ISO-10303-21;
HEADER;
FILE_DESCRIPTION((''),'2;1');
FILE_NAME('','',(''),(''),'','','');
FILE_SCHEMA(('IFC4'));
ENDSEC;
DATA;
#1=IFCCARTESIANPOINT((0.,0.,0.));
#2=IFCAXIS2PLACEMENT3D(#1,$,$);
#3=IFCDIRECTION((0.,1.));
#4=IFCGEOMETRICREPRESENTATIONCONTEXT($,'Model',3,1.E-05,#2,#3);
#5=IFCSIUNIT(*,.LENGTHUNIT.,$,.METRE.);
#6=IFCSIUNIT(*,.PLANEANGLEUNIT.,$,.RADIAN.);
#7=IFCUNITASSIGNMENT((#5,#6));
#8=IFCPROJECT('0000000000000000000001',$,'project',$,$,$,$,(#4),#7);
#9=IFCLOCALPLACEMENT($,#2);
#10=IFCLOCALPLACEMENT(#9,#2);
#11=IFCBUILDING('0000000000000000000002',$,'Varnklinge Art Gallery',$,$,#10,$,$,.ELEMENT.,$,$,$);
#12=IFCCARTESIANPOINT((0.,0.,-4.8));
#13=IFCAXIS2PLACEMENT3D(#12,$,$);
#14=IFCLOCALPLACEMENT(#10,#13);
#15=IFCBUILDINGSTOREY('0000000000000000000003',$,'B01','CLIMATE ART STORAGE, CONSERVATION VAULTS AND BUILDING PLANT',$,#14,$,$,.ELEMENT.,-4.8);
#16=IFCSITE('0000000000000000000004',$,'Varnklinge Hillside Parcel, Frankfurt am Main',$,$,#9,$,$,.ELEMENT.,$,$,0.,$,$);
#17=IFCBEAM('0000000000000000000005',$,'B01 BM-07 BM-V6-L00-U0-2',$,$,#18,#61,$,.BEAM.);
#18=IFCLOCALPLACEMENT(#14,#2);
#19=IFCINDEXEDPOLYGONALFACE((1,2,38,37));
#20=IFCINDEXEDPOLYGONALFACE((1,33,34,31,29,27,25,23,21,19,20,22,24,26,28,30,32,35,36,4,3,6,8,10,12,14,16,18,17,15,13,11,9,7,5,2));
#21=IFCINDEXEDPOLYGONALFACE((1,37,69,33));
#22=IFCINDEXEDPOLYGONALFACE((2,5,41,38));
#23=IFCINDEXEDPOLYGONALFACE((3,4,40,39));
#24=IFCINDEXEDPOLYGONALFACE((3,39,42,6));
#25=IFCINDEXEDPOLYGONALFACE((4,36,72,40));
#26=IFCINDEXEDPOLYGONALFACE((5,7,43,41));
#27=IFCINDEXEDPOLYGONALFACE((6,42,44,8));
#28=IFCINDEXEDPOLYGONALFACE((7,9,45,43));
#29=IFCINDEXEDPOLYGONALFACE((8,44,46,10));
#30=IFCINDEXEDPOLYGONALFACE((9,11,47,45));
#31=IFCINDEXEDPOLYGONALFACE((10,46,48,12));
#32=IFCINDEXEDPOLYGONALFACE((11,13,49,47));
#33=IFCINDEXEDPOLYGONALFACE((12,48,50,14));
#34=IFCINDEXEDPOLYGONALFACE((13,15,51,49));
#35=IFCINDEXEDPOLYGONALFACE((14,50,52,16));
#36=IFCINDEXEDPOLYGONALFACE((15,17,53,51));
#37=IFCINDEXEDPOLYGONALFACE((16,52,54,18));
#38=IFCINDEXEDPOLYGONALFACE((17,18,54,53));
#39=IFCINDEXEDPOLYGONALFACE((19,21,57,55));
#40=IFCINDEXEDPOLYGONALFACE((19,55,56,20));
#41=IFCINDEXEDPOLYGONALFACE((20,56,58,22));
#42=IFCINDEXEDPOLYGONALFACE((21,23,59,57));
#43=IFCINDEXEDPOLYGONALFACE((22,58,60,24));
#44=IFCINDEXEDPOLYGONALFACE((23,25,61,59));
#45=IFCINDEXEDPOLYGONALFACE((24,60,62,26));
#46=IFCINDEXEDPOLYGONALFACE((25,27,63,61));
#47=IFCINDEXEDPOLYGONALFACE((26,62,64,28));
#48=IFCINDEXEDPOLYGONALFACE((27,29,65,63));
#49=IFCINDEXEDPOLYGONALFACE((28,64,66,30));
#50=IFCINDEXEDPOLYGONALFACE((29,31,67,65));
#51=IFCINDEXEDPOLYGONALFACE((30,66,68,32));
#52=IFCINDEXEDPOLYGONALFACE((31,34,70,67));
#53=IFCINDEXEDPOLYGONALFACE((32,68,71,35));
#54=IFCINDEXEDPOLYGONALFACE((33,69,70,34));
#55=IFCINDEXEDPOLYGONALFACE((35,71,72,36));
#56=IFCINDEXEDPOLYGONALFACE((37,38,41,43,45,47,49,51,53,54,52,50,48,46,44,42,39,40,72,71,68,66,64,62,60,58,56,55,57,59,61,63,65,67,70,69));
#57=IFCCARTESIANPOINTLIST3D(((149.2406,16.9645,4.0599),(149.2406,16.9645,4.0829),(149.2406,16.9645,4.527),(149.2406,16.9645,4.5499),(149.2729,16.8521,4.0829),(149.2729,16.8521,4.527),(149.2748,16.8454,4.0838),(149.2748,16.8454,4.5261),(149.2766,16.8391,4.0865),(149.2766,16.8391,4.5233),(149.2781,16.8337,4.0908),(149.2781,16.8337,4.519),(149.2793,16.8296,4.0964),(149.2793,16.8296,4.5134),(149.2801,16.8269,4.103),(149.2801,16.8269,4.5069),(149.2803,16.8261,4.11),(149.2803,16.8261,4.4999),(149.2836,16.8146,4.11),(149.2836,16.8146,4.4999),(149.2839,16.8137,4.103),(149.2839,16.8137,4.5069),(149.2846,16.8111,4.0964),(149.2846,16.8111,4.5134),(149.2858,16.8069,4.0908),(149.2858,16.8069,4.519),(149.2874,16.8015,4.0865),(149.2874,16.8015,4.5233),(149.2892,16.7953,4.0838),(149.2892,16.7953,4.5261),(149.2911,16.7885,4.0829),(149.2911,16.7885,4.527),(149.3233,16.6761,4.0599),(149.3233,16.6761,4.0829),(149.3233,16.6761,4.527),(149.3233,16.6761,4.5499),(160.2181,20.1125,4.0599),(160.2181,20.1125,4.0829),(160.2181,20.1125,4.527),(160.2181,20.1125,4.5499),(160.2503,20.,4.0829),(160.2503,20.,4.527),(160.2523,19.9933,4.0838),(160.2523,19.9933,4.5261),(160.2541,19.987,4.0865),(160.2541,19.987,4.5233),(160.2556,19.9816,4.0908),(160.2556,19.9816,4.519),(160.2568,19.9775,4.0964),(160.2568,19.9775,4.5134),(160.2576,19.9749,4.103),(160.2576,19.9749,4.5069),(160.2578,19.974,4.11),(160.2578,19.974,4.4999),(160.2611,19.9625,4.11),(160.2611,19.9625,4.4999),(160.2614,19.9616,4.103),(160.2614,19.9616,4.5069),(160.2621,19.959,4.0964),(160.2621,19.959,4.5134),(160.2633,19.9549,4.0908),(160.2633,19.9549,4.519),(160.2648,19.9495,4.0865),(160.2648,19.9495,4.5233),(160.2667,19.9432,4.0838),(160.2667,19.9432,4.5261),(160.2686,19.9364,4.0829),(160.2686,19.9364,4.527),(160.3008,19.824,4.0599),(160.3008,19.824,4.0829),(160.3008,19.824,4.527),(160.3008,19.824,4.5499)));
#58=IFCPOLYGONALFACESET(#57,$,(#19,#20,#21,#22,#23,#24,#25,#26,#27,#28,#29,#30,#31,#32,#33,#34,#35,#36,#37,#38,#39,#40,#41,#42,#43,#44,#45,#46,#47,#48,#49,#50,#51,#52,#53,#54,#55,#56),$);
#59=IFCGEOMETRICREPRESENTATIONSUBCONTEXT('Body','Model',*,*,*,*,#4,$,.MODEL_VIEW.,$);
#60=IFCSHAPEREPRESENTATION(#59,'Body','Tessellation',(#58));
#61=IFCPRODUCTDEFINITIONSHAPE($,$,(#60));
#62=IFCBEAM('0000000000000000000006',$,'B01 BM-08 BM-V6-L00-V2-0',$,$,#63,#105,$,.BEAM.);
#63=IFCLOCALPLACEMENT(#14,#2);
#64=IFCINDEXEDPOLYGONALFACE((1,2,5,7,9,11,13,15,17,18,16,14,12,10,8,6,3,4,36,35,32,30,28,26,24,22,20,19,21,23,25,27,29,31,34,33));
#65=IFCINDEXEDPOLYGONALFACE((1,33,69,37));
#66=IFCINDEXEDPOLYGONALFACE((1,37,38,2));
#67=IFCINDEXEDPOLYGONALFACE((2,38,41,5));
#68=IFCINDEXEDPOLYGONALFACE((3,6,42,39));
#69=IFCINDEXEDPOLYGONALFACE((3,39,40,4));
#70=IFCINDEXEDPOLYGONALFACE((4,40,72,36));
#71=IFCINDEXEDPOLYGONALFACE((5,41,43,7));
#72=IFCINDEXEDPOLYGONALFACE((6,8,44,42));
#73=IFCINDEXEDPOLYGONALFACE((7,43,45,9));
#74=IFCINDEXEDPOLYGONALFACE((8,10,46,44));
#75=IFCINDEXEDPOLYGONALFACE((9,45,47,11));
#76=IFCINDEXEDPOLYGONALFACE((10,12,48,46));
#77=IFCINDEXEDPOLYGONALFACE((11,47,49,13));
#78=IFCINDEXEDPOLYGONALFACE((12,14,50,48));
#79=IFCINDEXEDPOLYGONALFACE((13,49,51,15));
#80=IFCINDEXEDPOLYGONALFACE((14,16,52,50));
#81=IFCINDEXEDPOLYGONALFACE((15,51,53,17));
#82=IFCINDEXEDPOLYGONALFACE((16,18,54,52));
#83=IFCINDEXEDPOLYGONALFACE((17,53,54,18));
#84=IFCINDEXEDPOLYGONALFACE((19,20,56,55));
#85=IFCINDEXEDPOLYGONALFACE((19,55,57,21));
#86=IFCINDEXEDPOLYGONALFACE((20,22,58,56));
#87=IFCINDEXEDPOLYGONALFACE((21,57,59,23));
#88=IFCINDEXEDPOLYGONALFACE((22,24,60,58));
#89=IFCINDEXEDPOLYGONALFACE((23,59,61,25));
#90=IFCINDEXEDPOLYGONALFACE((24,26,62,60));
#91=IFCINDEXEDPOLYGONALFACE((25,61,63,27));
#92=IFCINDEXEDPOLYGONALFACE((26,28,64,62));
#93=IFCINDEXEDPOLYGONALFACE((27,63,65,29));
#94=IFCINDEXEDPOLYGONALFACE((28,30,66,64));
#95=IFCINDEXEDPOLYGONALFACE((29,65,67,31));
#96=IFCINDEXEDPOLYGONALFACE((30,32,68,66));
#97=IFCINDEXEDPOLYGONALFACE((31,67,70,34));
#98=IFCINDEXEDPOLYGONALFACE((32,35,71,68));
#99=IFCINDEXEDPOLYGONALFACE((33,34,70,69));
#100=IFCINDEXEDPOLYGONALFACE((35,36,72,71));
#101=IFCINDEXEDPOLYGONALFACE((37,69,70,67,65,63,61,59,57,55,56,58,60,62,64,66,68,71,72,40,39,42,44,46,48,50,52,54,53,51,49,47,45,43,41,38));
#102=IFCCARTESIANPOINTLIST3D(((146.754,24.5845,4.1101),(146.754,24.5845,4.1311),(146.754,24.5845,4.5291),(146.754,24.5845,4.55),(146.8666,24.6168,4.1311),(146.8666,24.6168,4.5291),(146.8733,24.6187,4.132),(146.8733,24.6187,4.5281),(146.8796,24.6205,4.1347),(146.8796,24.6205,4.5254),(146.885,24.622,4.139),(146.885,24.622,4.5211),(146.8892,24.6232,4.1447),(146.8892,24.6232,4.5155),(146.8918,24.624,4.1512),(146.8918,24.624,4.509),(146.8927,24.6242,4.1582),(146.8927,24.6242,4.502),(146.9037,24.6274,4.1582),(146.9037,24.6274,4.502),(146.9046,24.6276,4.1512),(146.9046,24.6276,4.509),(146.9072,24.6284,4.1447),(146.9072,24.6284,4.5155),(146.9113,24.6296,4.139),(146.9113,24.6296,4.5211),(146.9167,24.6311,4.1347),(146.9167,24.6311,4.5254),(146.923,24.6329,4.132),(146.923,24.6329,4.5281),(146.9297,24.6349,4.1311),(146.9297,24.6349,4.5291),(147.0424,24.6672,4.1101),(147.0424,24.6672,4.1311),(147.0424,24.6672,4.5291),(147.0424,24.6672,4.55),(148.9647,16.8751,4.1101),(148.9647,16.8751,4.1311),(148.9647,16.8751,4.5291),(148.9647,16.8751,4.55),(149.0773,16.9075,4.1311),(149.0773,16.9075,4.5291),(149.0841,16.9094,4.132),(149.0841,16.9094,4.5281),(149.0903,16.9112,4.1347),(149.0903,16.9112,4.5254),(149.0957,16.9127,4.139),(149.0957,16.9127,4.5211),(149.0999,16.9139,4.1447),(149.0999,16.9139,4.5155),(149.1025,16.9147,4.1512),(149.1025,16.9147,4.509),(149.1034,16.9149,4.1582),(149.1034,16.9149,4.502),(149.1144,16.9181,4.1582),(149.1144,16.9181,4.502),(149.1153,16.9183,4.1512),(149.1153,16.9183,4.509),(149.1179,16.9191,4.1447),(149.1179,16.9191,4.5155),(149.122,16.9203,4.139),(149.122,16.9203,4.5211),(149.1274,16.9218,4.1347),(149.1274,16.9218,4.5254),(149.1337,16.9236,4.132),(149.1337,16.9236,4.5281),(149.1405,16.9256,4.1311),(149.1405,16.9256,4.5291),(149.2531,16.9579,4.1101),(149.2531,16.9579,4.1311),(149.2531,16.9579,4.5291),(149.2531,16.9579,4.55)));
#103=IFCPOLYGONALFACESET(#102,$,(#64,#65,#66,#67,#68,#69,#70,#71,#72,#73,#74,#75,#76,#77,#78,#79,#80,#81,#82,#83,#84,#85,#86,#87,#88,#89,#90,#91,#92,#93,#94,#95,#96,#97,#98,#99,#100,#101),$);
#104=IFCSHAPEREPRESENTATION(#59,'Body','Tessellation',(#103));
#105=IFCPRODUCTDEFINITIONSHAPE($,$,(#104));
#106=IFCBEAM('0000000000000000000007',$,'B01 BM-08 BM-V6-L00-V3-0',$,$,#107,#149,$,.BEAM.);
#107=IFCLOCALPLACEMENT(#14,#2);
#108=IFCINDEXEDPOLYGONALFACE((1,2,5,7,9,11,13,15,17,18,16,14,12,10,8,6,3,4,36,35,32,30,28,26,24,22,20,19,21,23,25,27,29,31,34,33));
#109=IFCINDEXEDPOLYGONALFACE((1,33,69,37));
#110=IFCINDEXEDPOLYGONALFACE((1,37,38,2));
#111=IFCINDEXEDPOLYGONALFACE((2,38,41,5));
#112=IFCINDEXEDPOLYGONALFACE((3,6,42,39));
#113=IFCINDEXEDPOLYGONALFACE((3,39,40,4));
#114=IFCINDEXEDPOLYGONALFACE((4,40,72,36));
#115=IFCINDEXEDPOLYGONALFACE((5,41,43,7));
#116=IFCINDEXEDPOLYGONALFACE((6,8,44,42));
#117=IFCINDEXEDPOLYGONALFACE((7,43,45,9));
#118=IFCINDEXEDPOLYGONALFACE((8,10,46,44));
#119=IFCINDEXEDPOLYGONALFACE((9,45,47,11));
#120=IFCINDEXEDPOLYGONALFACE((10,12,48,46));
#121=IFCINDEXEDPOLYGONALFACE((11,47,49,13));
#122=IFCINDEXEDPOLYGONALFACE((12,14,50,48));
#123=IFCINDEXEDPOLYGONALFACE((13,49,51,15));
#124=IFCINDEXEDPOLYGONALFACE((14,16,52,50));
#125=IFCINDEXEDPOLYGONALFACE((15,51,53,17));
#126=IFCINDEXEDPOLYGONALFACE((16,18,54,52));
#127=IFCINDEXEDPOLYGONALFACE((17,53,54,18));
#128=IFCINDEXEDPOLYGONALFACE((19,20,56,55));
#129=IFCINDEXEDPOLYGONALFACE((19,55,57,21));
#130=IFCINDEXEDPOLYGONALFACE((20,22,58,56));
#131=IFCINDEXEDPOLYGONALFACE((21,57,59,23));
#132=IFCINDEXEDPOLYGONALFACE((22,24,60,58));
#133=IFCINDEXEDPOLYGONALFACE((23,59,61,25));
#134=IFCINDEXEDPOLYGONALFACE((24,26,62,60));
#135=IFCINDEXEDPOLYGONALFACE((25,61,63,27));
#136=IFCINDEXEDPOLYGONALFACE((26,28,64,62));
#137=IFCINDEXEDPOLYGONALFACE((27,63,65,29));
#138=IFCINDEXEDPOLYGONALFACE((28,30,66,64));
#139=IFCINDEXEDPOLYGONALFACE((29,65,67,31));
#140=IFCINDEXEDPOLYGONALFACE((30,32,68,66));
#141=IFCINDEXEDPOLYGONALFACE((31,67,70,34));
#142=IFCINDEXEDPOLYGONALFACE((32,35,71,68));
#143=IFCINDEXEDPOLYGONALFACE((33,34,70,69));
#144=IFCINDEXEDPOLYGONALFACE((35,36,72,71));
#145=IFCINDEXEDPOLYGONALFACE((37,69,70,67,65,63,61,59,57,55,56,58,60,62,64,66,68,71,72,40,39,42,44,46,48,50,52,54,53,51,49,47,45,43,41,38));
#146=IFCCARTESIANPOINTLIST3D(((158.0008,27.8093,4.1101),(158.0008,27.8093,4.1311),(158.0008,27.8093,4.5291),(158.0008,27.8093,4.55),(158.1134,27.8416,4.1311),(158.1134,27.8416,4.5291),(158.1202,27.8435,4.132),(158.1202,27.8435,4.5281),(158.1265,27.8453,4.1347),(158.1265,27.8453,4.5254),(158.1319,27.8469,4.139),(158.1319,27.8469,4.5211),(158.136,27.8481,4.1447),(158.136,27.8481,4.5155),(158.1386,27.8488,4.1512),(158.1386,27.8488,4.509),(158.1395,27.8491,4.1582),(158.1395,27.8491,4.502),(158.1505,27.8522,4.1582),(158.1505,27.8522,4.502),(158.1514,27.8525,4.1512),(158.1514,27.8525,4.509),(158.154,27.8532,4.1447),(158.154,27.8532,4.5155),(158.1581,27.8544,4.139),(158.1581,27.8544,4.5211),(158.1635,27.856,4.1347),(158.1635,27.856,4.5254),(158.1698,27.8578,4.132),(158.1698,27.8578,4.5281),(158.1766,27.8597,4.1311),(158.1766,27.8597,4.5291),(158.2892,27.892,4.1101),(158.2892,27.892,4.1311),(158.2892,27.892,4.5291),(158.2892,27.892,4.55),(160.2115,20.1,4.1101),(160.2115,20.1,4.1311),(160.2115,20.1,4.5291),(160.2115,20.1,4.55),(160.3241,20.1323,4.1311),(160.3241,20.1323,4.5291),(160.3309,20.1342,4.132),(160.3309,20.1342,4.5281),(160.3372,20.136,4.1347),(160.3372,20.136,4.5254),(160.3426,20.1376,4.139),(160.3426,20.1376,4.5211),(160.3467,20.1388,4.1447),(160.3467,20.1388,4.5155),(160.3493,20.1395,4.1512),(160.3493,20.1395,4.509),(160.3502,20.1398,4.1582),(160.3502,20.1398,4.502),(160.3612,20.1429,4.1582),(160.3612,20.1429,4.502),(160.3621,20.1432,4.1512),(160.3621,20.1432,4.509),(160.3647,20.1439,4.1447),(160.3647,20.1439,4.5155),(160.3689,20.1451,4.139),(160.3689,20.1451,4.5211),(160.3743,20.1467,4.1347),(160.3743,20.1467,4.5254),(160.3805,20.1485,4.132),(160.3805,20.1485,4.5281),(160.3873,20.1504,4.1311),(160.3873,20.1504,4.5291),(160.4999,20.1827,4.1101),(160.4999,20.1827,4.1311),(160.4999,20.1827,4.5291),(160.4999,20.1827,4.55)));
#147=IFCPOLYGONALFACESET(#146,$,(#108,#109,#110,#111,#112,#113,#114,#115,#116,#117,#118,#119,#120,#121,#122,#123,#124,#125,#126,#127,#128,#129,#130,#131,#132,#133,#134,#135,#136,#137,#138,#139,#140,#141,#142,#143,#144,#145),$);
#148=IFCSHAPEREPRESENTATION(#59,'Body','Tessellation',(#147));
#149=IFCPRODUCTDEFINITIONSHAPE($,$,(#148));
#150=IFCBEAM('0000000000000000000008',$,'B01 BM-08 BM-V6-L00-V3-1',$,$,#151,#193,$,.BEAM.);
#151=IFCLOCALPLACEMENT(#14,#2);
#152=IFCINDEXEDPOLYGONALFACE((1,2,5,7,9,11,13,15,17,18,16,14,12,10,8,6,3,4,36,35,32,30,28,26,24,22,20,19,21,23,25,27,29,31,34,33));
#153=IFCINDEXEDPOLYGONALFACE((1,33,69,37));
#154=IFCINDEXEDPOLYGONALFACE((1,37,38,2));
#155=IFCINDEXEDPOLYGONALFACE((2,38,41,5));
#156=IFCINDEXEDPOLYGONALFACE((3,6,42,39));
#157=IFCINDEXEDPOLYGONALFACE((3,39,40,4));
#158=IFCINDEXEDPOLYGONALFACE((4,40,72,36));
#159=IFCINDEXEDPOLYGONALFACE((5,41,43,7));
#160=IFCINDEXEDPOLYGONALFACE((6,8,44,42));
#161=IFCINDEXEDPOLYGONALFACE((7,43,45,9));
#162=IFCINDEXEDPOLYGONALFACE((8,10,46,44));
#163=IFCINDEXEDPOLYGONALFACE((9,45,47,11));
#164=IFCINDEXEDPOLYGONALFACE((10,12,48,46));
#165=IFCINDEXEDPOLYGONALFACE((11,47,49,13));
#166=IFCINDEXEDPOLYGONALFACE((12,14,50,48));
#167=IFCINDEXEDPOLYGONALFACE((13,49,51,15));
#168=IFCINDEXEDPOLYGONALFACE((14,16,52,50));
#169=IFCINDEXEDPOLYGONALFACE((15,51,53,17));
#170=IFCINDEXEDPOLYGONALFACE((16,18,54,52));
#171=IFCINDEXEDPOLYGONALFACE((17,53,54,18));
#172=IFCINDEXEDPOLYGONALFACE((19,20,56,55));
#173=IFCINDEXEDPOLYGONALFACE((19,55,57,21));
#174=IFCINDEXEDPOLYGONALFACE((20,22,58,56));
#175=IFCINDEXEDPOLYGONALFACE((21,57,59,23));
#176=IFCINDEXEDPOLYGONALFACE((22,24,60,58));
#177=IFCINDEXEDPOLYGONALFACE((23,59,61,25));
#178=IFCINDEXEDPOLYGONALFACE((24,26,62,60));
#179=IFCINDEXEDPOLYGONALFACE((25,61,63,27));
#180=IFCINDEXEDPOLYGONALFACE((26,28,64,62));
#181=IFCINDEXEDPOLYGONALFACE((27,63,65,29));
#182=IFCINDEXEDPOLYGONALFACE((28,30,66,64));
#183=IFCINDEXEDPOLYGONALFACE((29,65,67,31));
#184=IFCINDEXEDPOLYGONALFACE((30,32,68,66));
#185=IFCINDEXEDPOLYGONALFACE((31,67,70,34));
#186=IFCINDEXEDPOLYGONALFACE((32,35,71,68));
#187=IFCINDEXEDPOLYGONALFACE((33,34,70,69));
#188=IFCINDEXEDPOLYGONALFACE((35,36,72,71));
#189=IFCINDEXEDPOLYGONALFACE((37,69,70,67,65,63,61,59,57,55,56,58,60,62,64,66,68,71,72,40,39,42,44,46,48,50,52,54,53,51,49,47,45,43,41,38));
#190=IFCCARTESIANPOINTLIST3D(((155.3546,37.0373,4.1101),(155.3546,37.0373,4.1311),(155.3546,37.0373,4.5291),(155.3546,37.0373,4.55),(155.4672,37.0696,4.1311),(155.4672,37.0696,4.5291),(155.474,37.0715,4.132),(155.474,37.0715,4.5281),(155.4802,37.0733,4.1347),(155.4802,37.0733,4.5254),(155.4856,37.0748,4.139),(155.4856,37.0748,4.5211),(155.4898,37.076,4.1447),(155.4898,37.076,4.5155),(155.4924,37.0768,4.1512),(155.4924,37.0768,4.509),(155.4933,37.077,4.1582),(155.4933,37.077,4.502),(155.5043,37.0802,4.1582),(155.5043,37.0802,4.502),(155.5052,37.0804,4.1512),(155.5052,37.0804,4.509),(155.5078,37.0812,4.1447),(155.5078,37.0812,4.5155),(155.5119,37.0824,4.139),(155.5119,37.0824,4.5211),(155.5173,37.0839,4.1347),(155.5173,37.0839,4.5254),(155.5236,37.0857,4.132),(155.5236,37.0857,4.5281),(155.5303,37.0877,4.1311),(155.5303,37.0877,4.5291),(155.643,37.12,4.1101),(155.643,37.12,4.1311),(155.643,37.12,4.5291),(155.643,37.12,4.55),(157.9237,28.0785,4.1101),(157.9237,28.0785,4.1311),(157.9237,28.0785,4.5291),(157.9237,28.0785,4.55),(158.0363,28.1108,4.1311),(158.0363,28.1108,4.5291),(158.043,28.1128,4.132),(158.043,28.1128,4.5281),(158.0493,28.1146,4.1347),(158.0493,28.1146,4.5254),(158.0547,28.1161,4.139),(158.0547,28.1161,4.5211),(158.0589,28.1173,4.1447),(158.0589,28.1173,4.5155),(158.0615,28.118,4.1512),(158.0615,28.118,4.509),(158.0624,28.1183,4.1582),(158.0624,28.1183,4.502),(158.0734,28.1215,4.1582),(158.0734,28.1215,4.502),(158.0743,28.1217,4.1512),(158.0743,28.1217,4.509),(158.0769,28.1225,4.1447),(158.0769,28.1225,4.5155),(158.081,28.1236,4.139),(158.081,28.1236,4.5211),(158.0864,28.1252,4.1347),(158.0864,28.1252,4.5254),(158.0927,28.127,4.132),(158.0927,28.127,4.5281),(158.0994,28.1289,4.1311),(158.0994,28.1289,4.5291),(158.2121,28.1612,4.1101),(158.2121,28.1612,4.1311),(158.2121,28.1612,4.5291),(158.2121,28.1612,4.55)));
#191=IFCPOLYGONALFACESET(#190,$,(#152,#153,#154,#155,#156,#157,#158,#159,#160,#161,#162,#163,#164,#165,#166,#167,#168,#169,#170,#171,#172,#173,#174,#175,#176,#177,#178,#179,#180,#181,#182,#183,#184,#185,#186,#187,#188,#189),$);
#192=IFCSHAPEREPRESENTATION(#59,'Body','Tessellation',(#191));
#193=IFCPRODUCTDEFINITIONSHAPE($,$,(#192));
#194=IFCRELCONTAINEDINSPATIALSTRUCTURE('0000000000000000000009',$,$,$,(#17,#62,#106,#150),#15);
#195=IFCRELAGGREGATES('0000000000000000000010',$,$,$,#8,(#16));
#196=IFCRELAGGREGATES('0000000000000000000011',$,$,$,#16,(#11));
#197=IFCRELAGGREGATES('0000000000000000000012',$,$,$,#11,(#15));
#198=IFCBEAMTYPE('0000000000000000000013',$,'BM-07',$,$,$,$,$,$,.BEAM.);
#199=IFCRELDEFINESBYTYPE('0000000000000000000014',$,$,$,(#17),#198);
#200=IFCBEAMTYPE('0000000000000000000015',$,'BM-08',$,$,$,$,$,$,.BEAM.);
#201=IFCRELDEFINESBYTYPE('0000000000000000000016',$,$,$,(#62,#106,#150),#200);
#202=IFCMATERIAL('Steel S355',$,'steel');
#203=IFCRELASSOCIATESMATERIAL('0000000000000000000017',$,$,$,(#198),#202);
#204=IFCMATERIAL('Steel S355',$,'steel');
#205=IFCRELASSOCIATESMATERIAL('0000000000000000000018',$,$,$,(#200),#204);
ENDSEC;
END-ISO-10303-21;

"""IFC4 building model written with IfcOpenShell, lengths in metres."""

from ifc_helpers import new_model, si_unit, direction, frame, origin, origin_2d, place, context, subcontext, project, spatial, i_section, extrude, material, material_profile, profile_set, type_object, element, save


model = new_model("IFC4")

# Units and contexts
model_context = context("Model", 3, precision=1e-05, world=origin(), true_north=direction((0.0, 1.0)))
body_context = subcontext(model_context, "Body", "Model", "MODEL_VIEW")
ifc_project = project(units=[si_unit("LENGTHUNIT", "METRE"), si_unit("PLANEANGLEUNIT", "RADIAN")], contexts=[model_context])

# Site, building, storey
site_placement = place(None, origin())
site = spatial("IfcSite", under=ifc_project, at=site_placement, Name="Varnklinge Hillside Parcel, Frankfurt am Main", CompositionType="ELEMENT", RefElevation=0.0)
building_placement = place(site_placement, origin())
building = spatial("IfcBuilding", under=site, at=building_placement, Name="Varnklinge Art Gallery", CompositionType="ELEMENT")
storey_placement = place(building_placement, frame((0.0, 0.0, -4.8)))
storey = spatial("IfcBuildingStorey", under=building, at=storey_placement, Name="B01", Description="CLIMATE ART STORAGE, CONSERVATION VAULTS AND BUILDING PLANT", CompositionType="ELEMENT", Elevation=-4.8)

# Beams
ifc_material_1 = material(Name="Steel S355", Category="steel")
ifc_material_profile_1 = material_profile(ifc_material_1, i_section(OverallWidth=0.3, OverallDepth=0.49, WebThickness=0.012, FlangeThickness=0.0229, FilletRadius=0.0271, at=origin_2d()), Name="HEA 500")
ifc_profile_set_1 = profile_set([ifc_material_profile_1], Name="Steel S355")
beam_type_1 = type_object("IfcBeamType", Name="BM-07", PredefinedType="BEAM", material=ifc_profile_set_1)
beam_1_placement = place(storey_placement, frame((149.282, 16.8203, 4.3049), z_axis=(0.961257, 0.275653, 0.0), x_axis=(-0.275653, 0.961257, 0.0)))
element("IfcBeam", 1, at=beam_1_placement, inside=storey, type_object=beam_type_1, Name="B01 BM-07 BM-V6-L00-U0-2", PredefinedType="BEAM", context=body_context, shape_type="SweptSolid", body=[
    extrude(i_section(OverallWidth=0.3, OverallDepth=0.49, WebThickness=0.012, FlangeThickness=0.0229, FilletRadius=0.0271, at=origin_2d()), origin(), (0.0, 0.0, 1.0), 11.4199),
])
ifc_material_2 = material(Name="Steel S355", Category="steel")
ifc_material_profile_2 = material_profile(ifc_material_2, i_section(OverallWidth=0.3, OverallDepth=0.4399, WebThickness=0.0115, FlangeThickness=0.021, FilletRadius=0.0271, at=origin_2d()), Name="HEA 450")
ifc_profile_set_2 = profile_set([ifc_material_profile_2], Name="Steel S355")
beam_type_2 = type_object("IfcBeamType", Name="BM-08", PredefinedType="BEAM", material=ifc_profile_set_2)
for number, where, z_axis, x_axis, name in (
    (2, (149.1089, 16.9165, 4.3301), (-0.27565, 0.961258, 0.0), (-0.961258, -0.27565, 0.0), "B01 BM-08 BM-V6-L00-V2-0"),
    (3, (160.3557, 20.1414, 4.3301), (-0.27565, 0.961258, 0.0), (-0.961258, -0.27565, 0.0), "B01 BM-08 BM-V6-L00-V3-0"),
):
    element("IfcBeam", number, at=place(storey_placement, frame(where, z_axis=z_axis, x_axis=x_axis)), inside=storey, type_object=beam_type_2, Name=name, PredefinedType="BEAM", context=body_context, shape_type="SweptSolid", body=[
        extrude(i_section(OverallWidth=0.3, OverallDepth=0.4399, WebThickness=0.0115, FlangeThickness=0.021, FilletRadius=0.0271, at=origin_2d()), origin(), (0.0, 0.0, 1.0), 8.02),
    ])
beam_2_placement = place(storey_placement, frame((158.0679, 28.1199, 4.3301), z_axis=(-0.275659, 0.961256, 0.0), x_axis=(-0.961256, -0.275659, 0.0)))
element("IfcBeam", 4, at=beam_2_placement, inside=storey, type_object=beam_type_2, Name="B01 BM-08 BM-V6-L00-V3-1", PredefinedType="BEAM", context=body_context, shape_type="SweptSolid", body=[
    extrude(i_section(OverallWidth=0.3, OverallDepth=0.4399, WebThickness=0.0115, FlangeThickness=0.021, FilletRadius=0.0271, at=origin_2d()), origin(), (0.0, 0.0, 1.0), 9.3198),
])

save(model, "model.ifc")
